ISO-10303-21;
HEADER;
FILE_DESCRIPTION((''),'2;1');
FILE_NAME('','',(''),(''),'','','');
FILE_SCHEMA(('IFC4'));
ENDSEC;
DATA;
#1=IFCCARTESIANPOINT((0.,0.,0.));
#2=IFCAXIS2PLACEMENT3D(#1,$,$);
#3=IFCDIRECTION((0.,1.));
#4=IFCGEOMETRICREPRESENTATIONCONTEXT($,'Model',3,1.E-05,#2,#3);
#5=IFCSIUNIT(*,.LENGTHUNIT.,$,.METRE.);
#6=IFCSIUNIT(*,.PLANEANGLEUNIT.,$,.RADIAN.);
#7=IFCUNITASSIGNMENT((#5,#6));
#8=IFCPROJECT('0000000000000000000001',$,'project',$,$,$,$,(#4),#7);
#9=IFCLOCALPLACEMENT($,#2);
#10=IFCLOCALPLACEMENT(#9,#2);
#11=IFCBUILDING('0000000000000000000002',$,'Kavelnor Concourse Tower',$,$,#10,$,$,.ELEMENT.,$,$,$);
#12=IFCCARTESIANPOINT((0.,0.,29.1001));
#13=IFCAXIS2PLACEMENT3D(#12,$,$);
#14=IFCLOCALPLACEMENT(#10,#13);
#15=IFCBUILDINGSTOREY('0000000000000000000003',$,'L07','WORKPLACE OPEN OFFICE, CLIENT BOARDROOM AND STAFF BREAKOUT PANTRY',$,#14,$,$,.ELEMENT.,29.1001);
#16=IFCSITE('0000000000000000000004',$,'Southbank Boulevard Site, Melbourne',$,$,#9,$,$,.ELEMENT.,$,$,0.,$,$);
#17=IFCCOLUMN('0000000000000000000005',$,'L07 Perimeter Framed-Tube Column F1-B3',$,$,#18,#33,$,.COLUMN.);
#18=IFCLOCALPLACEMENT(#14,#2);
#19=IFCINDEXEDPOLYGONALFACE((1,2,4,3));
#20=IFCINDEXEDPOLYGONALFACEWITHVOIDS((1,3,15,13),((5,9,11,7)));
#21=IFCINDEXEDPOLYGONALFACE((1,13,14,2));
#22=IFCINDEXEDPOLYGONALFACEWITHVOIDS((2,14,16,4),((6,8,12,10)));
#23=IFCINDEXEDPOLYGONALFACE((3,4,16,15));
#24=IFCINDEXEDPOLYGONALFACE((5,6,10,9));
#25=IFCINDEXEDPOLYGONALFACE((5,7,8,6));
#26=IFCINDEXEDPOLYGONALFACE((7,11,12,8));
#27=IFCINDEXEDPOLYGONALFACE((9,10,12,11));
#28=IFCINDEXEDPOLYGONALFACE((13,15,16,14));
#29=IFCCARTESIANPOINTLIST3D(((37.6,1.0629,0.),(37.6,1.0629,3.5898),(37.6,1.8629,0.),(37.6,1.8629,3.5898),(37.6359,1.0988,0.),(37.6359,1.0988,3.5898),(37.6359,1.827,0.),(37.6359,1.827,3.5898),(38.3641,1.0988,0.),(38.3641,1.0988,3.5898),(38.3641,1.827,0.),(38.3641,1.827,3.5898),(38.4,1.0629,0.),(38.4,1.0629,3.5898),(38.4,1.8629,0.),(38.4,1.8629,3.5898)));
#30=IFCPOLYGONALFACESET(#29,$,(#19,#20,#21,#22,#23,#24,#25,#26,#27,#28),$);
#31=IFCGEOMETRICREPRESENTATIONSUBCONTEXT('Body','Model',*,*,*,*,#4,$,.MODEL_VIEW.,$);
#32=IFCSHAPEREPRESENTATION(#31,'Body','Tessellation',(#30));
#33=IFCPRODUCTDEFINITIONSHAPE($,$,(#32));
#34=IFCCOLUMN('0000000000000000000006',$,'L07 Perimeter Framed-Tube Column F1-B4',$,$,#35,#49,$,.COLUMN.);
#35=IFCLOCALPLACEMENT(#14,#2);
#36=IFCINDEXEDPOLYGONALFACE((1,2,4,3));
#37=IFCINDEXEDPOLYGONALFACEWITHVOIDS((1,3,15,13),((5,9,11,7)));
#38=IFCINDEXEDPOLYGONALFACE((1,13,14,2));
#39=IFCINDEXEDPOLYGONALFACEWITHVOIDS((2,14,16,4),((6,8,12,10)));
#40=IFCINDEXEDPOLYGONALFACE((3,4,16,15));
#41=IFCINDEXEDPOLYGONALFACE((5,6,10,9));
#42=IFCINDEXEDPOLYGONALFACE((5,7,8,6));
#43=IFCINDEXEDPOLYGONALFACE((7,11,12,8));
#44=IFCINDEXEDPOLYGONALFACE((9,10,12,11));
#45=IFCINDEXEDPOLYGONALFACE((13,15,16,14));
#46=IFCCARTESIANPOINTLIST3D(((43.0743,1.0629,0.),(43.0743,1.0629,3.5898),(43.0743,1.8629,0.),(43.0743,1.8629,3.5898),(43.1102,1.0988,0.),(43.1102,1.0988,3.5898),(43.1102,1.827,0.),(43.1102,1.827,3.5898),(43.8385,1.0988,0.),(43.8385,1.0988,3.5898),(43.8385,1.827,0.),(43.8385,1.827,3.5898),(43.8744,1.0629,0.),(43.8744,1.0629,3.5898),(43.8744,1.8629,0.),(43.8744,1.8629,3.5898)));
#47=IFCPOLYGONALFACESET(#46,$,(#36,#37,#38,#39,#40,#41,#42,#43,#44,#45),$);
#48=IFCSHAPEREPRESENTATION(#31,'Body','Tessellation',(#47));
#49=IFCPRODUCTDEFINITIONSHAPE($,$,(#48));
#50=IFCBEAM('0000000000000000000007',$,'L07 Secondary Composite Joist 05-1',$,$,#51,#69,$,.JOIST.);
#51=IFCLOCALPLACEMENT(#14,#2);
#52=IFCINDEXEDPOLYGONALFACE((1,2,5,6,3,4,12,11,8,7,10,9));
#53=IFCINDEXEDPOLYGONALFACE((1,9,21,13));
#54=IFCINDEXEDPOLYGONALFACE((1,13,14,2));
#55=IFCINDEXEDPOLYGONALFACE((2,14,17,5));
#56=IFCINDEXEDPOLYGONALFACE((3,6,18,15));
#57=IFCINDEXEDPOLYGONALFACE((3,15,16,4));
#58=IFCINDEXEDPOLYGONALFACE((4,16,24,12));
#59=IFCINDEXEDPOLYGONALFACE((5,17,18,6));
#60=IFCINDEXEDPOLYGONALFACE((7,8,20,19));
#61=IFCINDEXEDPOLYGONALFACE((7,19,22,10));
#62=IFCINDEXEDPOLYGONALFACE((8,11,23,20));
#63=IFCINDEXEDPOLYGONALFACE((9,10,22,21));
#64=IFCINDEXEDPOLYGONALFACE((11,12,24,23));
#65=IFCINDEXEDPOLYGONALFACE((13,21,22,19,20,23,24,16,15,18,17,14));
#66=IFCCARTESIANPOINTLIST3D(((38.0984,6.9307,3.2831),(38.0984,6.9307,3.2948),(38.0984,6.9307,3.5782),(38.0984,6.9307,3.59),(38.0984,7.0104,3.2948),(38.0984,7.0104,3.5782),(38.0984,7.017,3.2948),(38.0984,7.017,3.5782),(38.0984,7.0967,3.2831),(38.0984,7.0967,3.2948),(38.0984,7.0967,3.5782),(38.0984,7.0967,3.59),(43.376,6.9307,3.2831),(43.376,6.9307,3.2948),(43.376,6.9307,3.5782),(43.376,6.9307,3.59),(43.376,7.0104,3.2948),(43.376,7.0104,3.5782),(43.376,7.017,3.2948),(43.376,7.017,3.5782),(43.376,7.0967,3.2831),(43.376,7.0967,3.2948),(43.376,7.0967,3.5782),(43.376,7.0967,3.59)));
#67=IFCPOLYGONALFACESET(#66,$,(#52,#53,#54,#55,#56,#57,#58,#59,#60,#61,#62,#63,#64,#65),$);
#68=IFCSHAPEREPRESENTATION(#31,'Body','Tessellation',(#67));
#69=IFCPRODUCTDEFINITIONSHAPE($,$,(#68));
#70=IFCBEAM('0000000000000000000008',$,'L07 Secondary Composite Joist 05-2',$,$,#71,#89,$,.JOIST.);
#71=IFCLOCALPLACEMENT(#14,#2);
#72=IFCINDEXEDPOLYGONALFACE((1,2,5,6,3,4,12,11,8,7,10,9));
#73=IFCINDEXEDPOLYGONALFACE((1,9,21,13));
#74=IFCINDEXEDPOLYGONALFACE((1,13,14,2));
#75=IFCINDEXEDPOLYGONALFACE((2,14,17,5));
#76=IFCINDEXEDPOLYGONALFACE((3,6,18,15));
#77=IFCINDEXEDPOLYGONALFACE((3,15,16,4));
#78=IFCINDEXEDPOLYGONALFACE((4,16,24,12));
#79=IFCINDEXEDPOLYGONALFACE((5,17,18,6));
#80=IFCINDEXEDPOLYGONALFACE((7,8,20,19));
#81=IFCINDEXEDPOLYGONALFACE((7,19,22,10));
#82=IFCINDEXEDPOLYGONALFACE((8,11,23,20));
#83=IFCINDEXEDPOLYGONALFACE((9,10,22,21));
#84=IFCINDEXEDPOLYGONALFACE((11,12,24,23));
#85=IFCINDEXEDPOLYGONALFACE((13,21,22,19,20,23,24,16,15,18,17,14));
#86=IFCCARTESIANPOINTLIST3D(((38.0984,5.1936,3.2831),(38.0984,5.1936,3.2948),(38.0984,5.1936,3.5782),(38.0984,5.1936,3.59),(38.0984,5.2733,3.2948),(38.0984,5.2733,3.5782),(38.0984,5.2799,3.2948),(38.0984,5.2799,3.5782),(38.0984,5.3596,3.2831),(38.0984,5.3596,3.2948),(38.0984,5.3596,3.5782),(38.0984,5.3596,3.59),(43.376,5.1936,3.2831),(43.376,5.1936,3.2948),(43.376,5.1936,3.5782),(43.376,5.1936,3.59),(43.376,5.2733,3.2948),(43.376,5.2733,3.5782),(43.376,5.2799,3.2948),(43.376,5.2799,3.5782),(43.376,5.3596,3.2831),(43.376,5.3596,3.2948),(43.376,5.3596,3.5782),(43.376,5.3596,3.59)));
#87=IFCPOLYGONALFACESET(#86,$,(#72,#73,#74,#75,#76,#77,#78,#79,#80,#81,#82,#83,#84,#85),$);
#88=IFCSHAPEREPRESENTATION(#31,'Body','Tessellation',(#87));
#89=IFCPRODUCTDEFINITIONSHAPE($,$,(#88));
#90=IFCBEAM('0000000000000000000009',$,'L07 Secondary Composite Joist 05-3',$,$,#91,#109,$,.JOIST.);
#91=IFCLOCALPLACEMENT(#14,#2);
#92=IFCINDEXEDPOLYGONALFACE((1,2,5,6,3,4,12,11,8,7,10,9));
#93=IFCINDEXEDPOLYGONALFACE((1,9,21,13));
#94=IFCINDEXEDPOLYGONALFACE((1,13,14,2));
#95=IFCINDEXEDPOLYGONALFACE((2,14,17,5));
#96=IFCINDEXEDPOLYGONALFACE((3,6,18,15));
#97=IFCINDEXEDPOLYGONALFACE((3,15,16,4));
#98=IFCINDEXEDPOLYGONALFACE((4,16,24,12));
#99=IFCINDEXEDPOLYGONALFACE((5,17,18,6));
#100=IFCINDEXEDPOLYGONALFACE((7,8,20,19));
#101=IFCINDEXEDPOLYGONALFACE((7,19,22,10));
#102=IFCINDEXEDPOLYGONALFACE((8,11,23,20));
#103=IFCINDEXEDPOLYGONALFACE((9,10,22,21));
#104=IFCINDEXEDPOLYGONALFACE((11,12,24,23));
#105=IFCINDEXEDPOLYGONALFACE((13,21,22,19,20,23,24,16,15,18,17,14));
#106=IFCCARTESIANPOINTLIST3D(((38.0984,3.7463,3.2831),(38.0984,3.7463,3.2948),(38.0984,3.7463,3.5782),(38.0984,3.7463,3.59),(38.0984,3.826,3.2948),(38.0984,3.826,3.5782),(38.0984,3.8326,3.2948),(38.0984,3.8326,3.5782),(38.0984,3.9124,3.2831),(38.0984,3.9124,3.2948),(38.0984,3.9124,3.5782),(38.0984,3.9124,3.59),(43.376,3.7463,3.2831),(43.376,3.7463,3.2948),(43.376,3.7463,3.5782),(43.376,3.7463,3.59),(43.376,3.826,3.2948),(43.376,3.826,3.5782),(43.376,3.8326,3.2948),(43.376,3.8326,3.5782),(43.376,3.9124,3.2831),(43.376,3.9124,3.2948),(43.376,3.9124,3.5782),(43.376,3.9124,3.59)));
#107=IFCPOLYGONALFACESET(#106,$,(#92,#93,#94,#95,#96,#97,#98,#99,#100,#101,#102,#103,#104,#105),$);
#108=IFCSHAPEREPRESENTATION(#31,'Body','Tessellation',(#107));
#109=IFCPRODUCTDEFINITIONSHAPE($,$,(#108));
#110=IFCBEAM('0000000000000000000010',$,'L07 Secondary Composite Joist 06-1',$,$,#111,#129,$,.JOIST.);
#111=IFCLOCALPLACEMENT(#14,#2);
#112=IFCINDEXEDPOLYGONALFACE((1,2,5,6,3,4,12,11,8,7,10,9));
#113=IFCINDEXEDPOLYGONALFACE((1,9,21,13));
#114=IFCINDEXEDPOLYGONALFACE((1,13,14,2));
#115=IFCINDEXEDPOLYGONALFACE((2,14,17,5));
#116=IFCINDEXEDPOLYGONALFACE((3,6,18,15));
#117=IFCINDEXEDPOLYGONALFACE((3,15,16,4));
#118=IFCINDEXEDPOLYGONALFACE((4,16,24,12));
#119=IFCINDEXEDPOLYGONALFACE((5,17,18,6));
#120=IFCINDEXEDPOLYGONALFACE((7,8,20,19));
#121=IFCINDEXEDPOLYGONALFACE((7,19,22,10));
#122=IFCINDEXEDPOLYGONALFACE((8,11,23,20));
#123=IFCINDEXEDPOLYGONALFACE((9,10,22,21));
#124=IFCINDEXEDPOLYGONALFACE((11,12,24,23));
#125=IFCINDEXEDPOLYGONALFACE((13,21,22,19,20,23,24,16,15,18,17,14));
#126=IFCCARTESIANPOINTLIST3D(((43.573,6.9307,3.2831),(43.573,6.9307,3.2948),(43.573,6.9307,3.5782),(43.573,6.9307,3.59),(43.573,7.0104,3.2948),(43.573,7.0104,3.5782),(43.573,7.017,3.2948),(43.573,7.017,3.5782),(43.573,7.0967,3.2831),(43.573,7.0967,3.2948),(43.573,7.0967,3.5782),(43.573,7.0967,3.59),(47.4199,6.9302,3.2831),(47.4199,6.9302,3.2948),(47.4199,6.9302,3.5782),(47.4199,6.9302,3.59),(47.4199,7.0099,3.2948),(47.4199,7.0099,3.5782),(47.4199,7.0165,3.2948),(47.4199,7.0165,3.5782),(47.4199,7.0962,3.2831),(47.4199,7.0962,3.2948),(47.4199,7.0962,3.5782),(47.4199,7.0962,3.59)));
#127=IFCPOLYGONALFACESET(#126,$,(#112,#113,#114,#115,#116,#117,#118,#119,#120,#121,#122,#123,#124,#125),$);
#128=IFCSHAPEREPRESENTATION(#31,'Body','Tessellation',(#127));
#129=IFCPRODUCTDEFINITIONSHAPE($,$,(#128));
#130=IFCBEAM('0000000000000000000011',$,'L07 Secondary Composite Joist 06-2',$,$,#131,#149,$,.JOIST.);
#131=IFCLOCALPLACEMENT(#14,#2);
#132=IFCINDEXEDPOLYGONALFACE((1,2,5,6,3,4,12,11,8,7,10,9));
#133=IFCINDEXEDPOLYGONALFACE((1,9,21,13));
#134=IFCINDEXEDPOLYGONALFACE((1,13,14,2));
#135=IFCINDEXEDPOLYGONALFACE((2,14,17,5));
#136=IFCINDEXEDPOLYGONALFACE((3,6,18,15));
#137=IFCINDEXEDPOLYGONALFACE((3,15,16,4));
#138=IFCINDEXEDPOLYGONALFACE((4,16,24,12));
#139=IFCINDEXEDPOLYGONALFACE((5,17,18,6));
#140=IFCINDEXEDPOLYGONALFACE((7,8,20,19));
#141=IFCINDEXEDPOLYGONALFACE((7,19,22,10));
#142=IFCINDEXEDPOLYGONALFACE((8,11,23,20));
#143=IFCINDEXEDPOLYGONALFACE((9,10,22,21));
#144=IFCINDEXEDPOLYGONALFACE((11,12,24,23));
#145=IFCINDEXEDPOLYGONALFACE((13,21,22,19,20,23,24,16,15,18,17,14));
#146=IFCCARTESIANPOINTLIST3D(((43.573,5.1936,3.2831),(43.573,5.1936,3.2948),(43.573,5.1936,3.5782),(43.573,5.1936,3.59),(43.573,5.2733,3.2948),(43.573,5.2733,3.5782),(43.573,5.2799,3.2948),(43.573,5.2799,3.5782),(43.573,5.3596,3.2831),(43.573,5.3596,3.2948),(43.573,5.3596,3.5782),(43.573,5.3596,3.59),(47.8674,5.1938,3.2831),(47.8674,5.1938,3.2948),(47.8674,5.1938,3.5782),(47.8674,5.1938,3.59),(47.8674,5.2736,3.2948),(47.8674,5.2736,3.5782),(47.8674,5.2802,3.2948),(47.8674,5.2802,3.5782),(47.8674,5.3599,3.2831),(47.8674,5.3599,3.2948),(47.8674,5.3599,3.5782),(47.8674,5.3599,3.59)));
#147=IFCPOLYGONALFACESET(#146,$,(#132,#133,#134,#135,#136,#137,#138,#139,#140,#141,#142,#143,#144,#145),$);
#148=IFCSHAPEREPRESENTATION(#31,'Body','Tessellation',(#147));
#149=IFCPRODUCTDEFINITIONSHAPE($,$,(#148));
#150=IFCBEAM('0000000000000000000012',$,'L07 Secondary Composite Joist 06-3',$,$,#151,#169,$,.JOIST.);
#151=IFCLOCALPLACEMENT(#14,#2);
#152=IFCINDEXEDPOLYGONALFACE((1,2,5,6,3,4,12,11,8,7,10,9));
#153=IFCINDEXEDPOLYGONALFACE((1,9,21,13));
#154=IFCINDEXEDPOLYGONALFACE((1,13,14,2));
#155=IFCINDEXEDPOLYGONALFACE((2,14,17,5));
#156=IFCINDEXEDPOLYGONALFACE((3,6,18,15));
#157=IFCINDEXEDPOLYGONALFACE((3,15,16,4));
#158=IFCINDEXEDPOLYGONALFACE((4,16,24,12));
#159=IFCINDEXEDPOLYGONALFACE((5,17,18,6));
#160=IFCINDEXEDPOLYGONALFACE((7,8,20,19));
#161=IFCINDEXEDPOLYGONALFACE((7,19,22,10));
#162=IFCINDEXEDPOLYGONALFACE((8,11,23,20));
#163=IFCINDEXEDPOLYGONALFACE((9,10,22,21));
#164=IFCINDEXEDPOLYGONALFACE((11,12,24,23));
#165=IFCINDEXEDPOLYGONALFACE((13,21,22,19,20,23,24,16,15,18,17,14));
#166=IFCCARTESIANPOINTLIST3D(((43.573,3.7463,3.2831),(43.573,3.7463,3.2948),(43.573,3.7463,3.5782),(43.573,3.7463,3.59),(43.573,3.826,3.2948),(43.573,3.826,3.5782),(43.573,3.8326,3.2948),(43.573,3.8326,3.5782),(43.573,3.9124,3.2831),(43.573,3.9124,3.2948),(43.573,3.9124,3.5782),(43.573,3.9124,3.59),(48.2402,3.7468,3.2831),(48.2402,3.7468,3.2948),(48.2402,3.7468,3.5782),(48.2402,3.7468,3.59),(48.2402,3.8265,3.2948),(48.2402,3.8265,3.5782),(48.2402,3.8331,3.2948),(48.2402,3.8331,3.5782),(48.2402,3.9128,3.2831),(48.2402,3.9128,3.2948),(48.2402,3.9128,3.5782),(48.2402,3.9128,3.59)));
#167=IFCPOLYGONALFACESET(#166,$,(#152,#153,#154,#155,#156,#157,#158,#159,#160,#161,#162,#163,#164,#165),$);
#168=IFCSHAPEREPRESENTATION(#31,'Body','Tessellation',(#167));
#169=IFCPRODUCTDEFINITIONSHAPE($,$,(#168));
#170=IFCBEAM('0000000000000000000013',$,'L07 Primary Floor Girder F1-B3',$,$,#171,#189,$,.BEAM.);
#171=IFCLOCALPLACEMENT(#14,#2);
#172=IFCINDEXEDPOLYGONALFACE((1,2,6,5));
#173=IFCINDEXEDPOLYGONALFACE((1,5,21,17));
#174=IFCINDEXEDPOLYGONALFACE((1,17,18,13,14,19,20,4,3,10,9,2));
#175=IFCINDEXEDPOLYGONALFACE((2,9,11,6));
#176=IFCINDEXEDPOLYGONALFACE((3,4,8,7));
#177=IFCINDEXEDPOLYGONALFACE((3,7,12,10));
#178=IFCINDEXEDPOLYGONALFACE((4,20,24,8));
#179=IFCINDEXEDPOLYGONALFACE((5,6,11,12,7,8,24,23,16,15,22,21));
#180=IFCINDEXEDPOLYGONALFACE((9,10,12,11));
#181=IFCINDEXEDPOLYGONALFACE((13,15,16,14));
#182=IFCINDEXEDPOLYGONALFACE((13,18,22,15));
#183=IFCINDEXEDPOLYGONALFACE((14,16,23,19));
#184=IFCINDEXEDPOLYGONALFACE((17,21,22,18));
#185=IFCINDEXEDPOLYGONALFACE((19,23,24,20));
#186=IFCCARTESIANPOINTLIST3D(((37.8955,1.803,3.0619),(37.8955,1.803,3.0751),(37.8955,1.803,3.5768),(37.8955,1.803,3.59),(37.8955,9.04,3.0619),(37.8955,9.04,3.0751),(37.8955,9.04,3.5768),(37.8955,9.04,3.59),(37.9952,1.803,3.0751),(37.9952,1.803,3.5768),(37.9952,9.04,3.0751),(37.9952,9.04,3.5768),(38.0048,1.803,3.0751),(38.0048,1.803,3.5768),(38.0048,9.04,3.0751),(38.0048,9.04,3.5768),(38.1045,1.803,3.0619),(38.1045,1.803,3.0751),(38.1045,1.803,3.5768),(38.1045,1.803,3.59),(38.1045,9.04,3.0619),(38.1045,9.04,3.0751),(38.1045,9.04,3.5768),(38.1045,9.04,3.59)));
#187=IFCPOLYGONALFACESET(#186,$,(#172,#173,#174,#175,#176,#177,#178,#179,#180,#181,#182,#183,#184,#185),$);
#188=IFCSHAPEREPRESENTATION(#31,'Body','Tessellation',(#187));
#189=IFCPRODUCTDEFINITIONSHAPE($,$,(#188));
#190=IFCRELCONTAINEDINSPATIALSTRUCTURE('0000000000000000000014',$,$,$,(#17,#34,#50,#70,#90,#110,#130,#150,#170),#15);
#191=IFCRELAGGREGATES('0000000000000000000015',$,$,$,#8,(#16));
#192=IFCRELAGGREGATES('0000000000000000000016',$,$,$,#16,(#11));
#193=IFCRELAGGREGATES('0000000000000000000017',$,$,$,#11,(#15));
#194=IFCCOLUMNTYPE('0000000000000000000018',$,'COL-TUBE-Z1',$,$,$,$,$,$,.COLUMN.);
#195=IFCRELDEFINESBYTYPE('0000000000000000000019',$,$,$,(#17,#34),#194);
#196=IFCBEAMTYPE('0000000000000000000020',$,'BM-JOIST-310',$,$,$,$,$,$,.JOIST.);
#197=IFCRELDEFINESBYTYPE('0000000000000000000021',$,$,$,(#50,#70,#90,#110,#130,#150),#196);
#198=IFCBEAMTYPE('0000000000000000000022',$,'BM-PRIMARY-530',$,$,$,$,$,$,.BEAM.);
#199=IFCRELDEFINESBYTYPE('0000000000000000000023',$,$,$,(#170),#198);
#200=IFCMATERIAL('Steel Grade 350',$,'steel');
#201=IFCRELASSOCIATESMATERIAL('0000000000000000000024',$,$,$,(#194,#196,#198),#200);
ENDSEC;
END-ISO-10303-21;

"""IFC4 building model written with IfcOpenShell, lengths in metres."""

from ifc_helpers import new_model, si_unit, direction, frame, origin, origin_2d, place, context, subcontext, project, spatial, hollow_rectangle, i_section, extrude, material, material_profile, profile_set, type_object, element, save


model = new_model("IFC4")

# Units and contexts
model_context = context("Model", 3, precision=1e-05, world=origin(), true_north=direction((0.0, 1.0)))
body_context = subcontext(model_context, "Body", "Model", "MODEL_VIEW")
ifc_project = project(units=[si_unit("LENGTHUNIT", "METRE"), si_unit("PLANEANGLEUNIT", "RADIAN")], contexts=[model_context])

# Site, building, storey
site_placement = place(None, origin())
site = spatial("IfcSite", under=ifc_project, at=site_placement, Name="Southbank Boulevard Site, Melbourne", CompositionType="ELEMENT", RefElevation=0.0)
building_placement = place(site_placement, origin())
building = spatial("IfcBuilding", under=site, at=building_placement, Name="Kavelnor Concourse Tower", CompositionType="ELEMENT")
storey_placement = place(building_placement, frame((0.0, 0.0, 29.1001)))
storey = spatial("IfcBuildingStorey", under=building, at=storey_placement, Name="L07", Description="WORKPLACE OPEN OFFICE, CLIENT BOARDROOM AND STAFF BREAKOUT PANTRY", CompositionType="ELEMENT", Elevation=29.1001)

# Columns
ifc_material_1 = material(Name="Steel Grade 350", Category="steel")
ifc_material_profile_1 = material_profile(ifc_material_1, hollow_rectangle(XDim=0.8, YDim=0.8, WallThickness=0.0359, at=origin_2d()), Name="SHS 800x800x36")
ifc_profile_set_1 = profile_set([ifc_material_profile_1], Name="Steel Grade 350")
column_type = type_object("IfcColumnType", Name="COL-TUBE-Z1", PredefinedType="COLUMN", material=ifc_profile_set_1)
for number, where, z_axis, x_axis, name in (
    (1, (38.0, 1.4629, 0.0), (0.0, 0.0, 1.0), (1.0, 0.0, 0.0), "L07 Perimeter Framed-Tube Column F1-B3"),
    (2, (43.4744, 1.4629, 0.0), (0.0, 0.0, 1.0), (1.0, 0.0, 0.0), "L07 Perimeter Framed-Tube Column F1-B4"),
):
    element("IfcColumn", number, at=place(storey_placement, frame(where, z_axis=z_axis, x_axis=x_axis)), inside=storey, type_object=column_type, Name=name, PredefinedType="COLUMN", context=body_context, shape_type="SweptSolid", body=[
        extrude(hollow_rectangle(XDim=0.8, YDim=0.8, WallThickness=0.0359, at=origin_2d()), origin(), (0.0, 0.0, 1.0), 3.5898),
    ])

# Beams
ifc_material_profile_2 = material_profile(ifc_material_1, i_section(OverallWidth=0.166, OverallDepth=0.3069, WebThickness=0.0066, FlangeThickness=0.0117, at=origin_2d()), Name="310UB46")
ifc_profile_set_2 = profile_set([ifc_material_profile_2], Name="Steel Grade 350")
beam_type_1 = type_object("IfcBeamType", Name="BM-JOIST-310", PredefinedType="JOIST", material=ifc_profile_set_2)
for number, where, z_axis, x_axis, name in (
    (3, (38.0984, 7.0137, 3.4365), (1.0, 0.0, 0.0), (0.0, 1.0, 0.0), "L07 Secondary Composite Joist 05-1"),
    (4, (38.0984, 5.2766, 3.4365), (1.0, 0.0, 0.0), (0.0, 1.0, 0.0), "L07 Secondary Composite Joist 05-2"),
    (5, (38.0984, 3.8293, 3.4365), (1.0, 0.0, 0.0), (0.0, 1.0, 0.0), "L07 Secondary Composite Joist 05-3"),
):
    element("IfcBeam", number, at=place(storey_placement, frame(where, z_axis=z_axis, x_axis=x_axis)), inside=storey, type_object=beam_type_1, Name=name, PredefinedType="JOIST", context=body_context, shape_type="SweptSolid", body=[
        extrude(i_section(OverallWidth=0.166, OverallDepth=0.3069, WebThickness=0.0066, FlangeThickness=0.0117, at=origin_2d()), origin(), (0.0, 0.0, 1.0), 5.2776),
    ])
beam_1_placement = place(storey_placement, frame((43.573, 7.0137, 3.4365), z_axis=(1.0, -0.000127, 0.0), x_axis=(0.000127, 1.0, 0.0)))
element("IfcBeam", 6, at=beam_1_placement, inside=storey, type_object=beam_type_1, Name="L07 Secondary Composite Joist 06-1", PredefinedType="JOIST", context=body_context, shape_type="SweptSolid", body=[
    extrude(i_section(OverallWidth=0.166, OverallDepth=0.3069, WebThickness=0.0066, FlangeThickness=0.0117, at=origin_2d()), origin(), (0.0, 0.0, 1.0), 3.8469),
])
beam_2_placement = place(storey_placement, frame((43.573, 5.2766, 3.4365), z_axis=(1.0, 0.000057, 0.0), x_axis=(-0.000057, 1.0, 0.0)))
element("IfcBeam", 7, at=beam_2_placement, inside=storey, type_object=beam_type_1, Name="L07 Secondary Composite Joist 06-2", PredefinedType="JOIST", context=body_context, shape_type="SweptSolid", body=[
    extrude(i_section(OverallWidth=0.166, OverallDepth=0.3069, WebThickness=0.0066, FlangeThickness=0.0117, at=origin_2d()), origin(), (0.0, 0.0, 1.0), 4.2944),
])
beam_3_placement = place(storey_placement, frame((43.573, 3.8293, 3.4365), z_axis=(1.0, 0.000105, 0.0), x_axis=(-0.000105, 1.0, 0.0)))
element("IfcBeam", 8, at=beam_3_placement, inside=storey, type_object=beam_type_1, Name="L07 Secondary Composite Joist 06-3", PredefinedType="JOIST", context=body_context, shape_type="SweptSolid", body=[
    extrude(i_section(OverallWidth=0.166, OverallDepth=0.3069, WebThickness=0.0066, FlangeThickness=0.0117, at=origin_2d()), origin(), (0.0, 0.0, 1.0), 4.6672),
])
ifc_material_profile_3 = material_profile(ifc_material_1, i_section(OverallWidth=0.209, OverallDepth=0.5281, WebThickness=0.0095, FlangeThickness=0.0132, at=origin_2d()), Name="530UB82")
ifc_profile_set_3 = profile_set([ifc_material_profile_3], Name="Steel Grade 350")
beam_type_2 = type_object("IfcBeamType", Name="BM-PRIMARY-530", PredefinedType="BEAM", material=ifc_profile_set_3)
for number, where, z_axis, x_axis, name in (
    (9, (38.0, 9.04, 3.3259), (0.0, -1.0, 0.0), (1.0, 0.0, 0.0), "L07 Primary Floor Girder F1-B3"),
):
    element("IfcBeam", number, at=place(storey_placement, frame(where, z_axis=z_axis, x_axis=x_axis)), inside=storey, type_object=beam_type_2, Name=name, PredefinedType="BEAM", context=body_context, shape_type="SweptSolid", body=[
        extrude(i_section(OverallWidth=0.209, OverallDepth=0.5281, WebThickness=0.0095, FlangeThickness=0.0132, at=origin_2d()), origin(), (0.0, 0.0, 1.0), 7.2371),
    ])

save(model, "model.ifc")
